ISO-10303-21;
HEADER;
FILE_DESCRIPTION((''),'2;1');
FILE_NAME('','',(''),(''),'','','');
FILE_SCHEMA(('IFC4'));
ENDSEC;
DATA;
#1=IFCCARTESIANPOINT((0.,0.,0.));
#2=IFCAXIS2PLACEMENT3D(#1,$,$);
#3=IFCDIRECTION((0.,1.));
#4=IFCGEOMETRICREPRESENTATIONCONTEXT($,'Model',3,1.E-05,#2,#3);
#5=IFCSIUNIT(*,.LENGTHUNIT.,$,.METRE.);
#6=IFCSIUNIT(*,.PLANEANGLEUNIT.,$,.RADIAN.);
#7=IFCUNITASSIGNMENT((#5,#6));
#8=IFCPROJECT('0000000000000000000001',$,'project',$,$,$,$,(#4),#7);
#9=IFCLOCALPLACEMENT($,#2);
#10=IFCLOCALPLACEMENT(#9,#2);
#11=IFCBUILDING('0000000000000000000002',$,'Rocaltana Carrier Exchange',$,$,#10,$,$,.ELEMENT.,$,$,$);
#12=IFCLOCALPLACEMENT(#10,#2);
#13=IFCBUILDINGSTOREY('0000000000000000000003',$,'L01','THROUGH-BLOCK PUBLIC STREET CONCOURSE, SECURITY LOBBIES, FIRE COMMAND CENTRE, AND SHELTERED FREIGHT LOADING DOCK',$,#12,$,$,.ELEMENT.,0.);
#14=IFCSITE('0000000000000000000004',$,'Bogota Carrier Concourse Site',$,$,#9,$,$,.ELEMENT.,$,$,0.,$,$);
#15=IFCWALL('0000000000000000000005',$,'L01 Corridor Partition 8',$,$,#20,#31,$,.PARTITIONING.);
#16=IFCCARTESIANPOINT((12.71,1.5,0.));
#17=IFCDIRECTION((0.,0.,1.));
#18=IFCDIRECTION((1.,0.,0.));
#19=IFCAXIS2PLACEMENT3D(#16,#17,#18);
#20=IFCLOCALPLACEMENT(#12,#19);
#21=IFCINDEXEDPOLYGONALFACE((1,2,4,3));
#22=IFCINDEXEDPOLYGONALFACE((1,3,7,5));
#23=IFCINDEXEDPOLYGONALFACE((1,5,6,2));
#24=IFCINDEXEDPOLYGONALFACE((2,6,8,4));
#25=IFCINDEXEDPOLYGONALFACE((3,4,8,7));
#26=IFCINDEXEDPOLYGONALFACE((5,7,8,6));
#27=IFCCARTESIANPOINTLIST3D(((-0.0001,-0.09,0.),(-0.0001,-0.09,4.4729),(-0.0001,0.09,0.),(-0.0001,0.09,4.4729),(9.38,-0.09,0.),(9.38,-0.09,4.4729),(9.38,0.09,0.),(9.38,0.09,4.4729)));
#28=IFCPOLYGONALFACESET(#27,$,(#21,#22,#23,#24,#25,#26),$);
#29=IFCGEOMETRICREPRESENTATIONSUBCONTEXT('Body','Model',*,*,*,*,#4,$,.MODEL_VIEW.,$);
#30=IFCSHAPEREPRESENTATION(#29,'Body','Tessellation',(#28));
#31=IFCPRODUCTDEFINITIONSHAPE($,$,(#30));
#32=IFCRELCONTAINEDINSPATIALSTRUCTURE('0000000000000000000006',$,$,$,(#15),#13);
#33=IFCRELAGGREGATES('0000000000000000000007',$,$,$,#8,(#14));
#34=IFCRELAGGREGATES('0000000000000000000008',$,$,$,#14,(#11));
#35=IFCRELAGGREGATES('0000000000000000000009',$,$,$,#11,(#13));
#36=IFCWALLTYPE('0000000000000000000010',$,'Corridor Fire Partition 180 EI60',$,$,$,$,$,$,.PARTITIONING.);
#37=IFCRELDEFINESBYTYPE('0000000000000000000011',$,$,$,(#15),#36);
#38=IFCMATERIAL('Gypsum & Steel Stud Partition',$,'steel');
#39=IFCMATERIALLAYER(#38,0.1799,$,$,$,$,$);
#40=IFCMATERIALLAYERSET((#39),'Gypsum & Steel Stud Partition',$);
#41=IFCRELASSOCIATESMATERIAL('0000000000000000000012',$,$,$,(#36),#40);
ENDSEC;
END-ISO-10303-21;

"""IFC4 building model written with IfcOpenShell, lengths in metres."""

from ifc_helpers import new_model, si_unit, direction, frame, frame_2d, origin, place, context, subcontext, project, spatial, rectangle, extrude, material, layer, layer_set, type_object, element, save


model = new_model("IFC4")

# Units and contexts
model_context = context("Model", 3, precision=1e-05, world=origin(), true_north=direction((0.0, 1.0)))
body_context = subcontext(model_context, "Body", "Model", "MODEL_VIEW")
ifc_project = project(units=[si_unit("LENGTHUNIT", "METRE"), si_unit("PLANEANGLEUNIT", "RADIAN")], contexts=[model_context])

# Site, building, storey
site_placement = place(None, origin())
site = spatial("IfcSite", under=ifc_project, at=site_placement, Name="Bogota Carrier Concourse Site", CompositionType="ELEMENT", RefElevation=0.0)
building_placement = place(site_placement, origin())
building = spatial("IfcBuilding", under=site, at=building_placement, Name="Rocaltana Carrier Exchange", CompositionType="ELEMENT")
storey_placement = place(building_placement, origin())
storey = spatial("IfcBuildingStorey", under=building, at=storey_placement, Name="L01", Description="THROUGH-BLOCK PUBLIC STREET CONCOURSE, SECURITY LOBBIES, FIRE COMMAND CENTRE, AND SHELTERED FREIGHT LOADING DOCK", CompositionType="ELEMENT", Elevation=0.0)

# Wall
ifc_material_1 = material(Name="Gypsum & Steel Stud Partition", Category="steel")
ifc_layer_1 = layer(ifc_material_1, 0.1799)
ifc_layer_set_1 = layer_set([ifc_layer_1], Name="Gypsum & Steel Stud Partition")
wall_type_1 = type_object("IfcWallType", Name="Corridor Fire Partition 180 EI60", PredefinedType="PARTITIONING", material=ifc_layer_set_1)
wall_1_placement = place(storey_placement, frame((12.71, 1.5, 0.0), z_axis=(0.0, 0.0, 1.0), x_axis=(1.0, 0.0, 0.0)))
element("IfcWall", 1, at=wall_1_placement, inside=storey, type_object=wall_type_1, Name="L01 Corridor Partition 8", PredefinedType="PARTITIONING", context=body_context, shape_type="SweptSolid", body=[
    extrude(rectangle(XDim=9.3801, YDim=0.1799, at=frame_2d((4.6899, 0.0))), origin(), (0.0, 0.0, 1.0), 4.4729),
])

save(model, "model.ifc")
